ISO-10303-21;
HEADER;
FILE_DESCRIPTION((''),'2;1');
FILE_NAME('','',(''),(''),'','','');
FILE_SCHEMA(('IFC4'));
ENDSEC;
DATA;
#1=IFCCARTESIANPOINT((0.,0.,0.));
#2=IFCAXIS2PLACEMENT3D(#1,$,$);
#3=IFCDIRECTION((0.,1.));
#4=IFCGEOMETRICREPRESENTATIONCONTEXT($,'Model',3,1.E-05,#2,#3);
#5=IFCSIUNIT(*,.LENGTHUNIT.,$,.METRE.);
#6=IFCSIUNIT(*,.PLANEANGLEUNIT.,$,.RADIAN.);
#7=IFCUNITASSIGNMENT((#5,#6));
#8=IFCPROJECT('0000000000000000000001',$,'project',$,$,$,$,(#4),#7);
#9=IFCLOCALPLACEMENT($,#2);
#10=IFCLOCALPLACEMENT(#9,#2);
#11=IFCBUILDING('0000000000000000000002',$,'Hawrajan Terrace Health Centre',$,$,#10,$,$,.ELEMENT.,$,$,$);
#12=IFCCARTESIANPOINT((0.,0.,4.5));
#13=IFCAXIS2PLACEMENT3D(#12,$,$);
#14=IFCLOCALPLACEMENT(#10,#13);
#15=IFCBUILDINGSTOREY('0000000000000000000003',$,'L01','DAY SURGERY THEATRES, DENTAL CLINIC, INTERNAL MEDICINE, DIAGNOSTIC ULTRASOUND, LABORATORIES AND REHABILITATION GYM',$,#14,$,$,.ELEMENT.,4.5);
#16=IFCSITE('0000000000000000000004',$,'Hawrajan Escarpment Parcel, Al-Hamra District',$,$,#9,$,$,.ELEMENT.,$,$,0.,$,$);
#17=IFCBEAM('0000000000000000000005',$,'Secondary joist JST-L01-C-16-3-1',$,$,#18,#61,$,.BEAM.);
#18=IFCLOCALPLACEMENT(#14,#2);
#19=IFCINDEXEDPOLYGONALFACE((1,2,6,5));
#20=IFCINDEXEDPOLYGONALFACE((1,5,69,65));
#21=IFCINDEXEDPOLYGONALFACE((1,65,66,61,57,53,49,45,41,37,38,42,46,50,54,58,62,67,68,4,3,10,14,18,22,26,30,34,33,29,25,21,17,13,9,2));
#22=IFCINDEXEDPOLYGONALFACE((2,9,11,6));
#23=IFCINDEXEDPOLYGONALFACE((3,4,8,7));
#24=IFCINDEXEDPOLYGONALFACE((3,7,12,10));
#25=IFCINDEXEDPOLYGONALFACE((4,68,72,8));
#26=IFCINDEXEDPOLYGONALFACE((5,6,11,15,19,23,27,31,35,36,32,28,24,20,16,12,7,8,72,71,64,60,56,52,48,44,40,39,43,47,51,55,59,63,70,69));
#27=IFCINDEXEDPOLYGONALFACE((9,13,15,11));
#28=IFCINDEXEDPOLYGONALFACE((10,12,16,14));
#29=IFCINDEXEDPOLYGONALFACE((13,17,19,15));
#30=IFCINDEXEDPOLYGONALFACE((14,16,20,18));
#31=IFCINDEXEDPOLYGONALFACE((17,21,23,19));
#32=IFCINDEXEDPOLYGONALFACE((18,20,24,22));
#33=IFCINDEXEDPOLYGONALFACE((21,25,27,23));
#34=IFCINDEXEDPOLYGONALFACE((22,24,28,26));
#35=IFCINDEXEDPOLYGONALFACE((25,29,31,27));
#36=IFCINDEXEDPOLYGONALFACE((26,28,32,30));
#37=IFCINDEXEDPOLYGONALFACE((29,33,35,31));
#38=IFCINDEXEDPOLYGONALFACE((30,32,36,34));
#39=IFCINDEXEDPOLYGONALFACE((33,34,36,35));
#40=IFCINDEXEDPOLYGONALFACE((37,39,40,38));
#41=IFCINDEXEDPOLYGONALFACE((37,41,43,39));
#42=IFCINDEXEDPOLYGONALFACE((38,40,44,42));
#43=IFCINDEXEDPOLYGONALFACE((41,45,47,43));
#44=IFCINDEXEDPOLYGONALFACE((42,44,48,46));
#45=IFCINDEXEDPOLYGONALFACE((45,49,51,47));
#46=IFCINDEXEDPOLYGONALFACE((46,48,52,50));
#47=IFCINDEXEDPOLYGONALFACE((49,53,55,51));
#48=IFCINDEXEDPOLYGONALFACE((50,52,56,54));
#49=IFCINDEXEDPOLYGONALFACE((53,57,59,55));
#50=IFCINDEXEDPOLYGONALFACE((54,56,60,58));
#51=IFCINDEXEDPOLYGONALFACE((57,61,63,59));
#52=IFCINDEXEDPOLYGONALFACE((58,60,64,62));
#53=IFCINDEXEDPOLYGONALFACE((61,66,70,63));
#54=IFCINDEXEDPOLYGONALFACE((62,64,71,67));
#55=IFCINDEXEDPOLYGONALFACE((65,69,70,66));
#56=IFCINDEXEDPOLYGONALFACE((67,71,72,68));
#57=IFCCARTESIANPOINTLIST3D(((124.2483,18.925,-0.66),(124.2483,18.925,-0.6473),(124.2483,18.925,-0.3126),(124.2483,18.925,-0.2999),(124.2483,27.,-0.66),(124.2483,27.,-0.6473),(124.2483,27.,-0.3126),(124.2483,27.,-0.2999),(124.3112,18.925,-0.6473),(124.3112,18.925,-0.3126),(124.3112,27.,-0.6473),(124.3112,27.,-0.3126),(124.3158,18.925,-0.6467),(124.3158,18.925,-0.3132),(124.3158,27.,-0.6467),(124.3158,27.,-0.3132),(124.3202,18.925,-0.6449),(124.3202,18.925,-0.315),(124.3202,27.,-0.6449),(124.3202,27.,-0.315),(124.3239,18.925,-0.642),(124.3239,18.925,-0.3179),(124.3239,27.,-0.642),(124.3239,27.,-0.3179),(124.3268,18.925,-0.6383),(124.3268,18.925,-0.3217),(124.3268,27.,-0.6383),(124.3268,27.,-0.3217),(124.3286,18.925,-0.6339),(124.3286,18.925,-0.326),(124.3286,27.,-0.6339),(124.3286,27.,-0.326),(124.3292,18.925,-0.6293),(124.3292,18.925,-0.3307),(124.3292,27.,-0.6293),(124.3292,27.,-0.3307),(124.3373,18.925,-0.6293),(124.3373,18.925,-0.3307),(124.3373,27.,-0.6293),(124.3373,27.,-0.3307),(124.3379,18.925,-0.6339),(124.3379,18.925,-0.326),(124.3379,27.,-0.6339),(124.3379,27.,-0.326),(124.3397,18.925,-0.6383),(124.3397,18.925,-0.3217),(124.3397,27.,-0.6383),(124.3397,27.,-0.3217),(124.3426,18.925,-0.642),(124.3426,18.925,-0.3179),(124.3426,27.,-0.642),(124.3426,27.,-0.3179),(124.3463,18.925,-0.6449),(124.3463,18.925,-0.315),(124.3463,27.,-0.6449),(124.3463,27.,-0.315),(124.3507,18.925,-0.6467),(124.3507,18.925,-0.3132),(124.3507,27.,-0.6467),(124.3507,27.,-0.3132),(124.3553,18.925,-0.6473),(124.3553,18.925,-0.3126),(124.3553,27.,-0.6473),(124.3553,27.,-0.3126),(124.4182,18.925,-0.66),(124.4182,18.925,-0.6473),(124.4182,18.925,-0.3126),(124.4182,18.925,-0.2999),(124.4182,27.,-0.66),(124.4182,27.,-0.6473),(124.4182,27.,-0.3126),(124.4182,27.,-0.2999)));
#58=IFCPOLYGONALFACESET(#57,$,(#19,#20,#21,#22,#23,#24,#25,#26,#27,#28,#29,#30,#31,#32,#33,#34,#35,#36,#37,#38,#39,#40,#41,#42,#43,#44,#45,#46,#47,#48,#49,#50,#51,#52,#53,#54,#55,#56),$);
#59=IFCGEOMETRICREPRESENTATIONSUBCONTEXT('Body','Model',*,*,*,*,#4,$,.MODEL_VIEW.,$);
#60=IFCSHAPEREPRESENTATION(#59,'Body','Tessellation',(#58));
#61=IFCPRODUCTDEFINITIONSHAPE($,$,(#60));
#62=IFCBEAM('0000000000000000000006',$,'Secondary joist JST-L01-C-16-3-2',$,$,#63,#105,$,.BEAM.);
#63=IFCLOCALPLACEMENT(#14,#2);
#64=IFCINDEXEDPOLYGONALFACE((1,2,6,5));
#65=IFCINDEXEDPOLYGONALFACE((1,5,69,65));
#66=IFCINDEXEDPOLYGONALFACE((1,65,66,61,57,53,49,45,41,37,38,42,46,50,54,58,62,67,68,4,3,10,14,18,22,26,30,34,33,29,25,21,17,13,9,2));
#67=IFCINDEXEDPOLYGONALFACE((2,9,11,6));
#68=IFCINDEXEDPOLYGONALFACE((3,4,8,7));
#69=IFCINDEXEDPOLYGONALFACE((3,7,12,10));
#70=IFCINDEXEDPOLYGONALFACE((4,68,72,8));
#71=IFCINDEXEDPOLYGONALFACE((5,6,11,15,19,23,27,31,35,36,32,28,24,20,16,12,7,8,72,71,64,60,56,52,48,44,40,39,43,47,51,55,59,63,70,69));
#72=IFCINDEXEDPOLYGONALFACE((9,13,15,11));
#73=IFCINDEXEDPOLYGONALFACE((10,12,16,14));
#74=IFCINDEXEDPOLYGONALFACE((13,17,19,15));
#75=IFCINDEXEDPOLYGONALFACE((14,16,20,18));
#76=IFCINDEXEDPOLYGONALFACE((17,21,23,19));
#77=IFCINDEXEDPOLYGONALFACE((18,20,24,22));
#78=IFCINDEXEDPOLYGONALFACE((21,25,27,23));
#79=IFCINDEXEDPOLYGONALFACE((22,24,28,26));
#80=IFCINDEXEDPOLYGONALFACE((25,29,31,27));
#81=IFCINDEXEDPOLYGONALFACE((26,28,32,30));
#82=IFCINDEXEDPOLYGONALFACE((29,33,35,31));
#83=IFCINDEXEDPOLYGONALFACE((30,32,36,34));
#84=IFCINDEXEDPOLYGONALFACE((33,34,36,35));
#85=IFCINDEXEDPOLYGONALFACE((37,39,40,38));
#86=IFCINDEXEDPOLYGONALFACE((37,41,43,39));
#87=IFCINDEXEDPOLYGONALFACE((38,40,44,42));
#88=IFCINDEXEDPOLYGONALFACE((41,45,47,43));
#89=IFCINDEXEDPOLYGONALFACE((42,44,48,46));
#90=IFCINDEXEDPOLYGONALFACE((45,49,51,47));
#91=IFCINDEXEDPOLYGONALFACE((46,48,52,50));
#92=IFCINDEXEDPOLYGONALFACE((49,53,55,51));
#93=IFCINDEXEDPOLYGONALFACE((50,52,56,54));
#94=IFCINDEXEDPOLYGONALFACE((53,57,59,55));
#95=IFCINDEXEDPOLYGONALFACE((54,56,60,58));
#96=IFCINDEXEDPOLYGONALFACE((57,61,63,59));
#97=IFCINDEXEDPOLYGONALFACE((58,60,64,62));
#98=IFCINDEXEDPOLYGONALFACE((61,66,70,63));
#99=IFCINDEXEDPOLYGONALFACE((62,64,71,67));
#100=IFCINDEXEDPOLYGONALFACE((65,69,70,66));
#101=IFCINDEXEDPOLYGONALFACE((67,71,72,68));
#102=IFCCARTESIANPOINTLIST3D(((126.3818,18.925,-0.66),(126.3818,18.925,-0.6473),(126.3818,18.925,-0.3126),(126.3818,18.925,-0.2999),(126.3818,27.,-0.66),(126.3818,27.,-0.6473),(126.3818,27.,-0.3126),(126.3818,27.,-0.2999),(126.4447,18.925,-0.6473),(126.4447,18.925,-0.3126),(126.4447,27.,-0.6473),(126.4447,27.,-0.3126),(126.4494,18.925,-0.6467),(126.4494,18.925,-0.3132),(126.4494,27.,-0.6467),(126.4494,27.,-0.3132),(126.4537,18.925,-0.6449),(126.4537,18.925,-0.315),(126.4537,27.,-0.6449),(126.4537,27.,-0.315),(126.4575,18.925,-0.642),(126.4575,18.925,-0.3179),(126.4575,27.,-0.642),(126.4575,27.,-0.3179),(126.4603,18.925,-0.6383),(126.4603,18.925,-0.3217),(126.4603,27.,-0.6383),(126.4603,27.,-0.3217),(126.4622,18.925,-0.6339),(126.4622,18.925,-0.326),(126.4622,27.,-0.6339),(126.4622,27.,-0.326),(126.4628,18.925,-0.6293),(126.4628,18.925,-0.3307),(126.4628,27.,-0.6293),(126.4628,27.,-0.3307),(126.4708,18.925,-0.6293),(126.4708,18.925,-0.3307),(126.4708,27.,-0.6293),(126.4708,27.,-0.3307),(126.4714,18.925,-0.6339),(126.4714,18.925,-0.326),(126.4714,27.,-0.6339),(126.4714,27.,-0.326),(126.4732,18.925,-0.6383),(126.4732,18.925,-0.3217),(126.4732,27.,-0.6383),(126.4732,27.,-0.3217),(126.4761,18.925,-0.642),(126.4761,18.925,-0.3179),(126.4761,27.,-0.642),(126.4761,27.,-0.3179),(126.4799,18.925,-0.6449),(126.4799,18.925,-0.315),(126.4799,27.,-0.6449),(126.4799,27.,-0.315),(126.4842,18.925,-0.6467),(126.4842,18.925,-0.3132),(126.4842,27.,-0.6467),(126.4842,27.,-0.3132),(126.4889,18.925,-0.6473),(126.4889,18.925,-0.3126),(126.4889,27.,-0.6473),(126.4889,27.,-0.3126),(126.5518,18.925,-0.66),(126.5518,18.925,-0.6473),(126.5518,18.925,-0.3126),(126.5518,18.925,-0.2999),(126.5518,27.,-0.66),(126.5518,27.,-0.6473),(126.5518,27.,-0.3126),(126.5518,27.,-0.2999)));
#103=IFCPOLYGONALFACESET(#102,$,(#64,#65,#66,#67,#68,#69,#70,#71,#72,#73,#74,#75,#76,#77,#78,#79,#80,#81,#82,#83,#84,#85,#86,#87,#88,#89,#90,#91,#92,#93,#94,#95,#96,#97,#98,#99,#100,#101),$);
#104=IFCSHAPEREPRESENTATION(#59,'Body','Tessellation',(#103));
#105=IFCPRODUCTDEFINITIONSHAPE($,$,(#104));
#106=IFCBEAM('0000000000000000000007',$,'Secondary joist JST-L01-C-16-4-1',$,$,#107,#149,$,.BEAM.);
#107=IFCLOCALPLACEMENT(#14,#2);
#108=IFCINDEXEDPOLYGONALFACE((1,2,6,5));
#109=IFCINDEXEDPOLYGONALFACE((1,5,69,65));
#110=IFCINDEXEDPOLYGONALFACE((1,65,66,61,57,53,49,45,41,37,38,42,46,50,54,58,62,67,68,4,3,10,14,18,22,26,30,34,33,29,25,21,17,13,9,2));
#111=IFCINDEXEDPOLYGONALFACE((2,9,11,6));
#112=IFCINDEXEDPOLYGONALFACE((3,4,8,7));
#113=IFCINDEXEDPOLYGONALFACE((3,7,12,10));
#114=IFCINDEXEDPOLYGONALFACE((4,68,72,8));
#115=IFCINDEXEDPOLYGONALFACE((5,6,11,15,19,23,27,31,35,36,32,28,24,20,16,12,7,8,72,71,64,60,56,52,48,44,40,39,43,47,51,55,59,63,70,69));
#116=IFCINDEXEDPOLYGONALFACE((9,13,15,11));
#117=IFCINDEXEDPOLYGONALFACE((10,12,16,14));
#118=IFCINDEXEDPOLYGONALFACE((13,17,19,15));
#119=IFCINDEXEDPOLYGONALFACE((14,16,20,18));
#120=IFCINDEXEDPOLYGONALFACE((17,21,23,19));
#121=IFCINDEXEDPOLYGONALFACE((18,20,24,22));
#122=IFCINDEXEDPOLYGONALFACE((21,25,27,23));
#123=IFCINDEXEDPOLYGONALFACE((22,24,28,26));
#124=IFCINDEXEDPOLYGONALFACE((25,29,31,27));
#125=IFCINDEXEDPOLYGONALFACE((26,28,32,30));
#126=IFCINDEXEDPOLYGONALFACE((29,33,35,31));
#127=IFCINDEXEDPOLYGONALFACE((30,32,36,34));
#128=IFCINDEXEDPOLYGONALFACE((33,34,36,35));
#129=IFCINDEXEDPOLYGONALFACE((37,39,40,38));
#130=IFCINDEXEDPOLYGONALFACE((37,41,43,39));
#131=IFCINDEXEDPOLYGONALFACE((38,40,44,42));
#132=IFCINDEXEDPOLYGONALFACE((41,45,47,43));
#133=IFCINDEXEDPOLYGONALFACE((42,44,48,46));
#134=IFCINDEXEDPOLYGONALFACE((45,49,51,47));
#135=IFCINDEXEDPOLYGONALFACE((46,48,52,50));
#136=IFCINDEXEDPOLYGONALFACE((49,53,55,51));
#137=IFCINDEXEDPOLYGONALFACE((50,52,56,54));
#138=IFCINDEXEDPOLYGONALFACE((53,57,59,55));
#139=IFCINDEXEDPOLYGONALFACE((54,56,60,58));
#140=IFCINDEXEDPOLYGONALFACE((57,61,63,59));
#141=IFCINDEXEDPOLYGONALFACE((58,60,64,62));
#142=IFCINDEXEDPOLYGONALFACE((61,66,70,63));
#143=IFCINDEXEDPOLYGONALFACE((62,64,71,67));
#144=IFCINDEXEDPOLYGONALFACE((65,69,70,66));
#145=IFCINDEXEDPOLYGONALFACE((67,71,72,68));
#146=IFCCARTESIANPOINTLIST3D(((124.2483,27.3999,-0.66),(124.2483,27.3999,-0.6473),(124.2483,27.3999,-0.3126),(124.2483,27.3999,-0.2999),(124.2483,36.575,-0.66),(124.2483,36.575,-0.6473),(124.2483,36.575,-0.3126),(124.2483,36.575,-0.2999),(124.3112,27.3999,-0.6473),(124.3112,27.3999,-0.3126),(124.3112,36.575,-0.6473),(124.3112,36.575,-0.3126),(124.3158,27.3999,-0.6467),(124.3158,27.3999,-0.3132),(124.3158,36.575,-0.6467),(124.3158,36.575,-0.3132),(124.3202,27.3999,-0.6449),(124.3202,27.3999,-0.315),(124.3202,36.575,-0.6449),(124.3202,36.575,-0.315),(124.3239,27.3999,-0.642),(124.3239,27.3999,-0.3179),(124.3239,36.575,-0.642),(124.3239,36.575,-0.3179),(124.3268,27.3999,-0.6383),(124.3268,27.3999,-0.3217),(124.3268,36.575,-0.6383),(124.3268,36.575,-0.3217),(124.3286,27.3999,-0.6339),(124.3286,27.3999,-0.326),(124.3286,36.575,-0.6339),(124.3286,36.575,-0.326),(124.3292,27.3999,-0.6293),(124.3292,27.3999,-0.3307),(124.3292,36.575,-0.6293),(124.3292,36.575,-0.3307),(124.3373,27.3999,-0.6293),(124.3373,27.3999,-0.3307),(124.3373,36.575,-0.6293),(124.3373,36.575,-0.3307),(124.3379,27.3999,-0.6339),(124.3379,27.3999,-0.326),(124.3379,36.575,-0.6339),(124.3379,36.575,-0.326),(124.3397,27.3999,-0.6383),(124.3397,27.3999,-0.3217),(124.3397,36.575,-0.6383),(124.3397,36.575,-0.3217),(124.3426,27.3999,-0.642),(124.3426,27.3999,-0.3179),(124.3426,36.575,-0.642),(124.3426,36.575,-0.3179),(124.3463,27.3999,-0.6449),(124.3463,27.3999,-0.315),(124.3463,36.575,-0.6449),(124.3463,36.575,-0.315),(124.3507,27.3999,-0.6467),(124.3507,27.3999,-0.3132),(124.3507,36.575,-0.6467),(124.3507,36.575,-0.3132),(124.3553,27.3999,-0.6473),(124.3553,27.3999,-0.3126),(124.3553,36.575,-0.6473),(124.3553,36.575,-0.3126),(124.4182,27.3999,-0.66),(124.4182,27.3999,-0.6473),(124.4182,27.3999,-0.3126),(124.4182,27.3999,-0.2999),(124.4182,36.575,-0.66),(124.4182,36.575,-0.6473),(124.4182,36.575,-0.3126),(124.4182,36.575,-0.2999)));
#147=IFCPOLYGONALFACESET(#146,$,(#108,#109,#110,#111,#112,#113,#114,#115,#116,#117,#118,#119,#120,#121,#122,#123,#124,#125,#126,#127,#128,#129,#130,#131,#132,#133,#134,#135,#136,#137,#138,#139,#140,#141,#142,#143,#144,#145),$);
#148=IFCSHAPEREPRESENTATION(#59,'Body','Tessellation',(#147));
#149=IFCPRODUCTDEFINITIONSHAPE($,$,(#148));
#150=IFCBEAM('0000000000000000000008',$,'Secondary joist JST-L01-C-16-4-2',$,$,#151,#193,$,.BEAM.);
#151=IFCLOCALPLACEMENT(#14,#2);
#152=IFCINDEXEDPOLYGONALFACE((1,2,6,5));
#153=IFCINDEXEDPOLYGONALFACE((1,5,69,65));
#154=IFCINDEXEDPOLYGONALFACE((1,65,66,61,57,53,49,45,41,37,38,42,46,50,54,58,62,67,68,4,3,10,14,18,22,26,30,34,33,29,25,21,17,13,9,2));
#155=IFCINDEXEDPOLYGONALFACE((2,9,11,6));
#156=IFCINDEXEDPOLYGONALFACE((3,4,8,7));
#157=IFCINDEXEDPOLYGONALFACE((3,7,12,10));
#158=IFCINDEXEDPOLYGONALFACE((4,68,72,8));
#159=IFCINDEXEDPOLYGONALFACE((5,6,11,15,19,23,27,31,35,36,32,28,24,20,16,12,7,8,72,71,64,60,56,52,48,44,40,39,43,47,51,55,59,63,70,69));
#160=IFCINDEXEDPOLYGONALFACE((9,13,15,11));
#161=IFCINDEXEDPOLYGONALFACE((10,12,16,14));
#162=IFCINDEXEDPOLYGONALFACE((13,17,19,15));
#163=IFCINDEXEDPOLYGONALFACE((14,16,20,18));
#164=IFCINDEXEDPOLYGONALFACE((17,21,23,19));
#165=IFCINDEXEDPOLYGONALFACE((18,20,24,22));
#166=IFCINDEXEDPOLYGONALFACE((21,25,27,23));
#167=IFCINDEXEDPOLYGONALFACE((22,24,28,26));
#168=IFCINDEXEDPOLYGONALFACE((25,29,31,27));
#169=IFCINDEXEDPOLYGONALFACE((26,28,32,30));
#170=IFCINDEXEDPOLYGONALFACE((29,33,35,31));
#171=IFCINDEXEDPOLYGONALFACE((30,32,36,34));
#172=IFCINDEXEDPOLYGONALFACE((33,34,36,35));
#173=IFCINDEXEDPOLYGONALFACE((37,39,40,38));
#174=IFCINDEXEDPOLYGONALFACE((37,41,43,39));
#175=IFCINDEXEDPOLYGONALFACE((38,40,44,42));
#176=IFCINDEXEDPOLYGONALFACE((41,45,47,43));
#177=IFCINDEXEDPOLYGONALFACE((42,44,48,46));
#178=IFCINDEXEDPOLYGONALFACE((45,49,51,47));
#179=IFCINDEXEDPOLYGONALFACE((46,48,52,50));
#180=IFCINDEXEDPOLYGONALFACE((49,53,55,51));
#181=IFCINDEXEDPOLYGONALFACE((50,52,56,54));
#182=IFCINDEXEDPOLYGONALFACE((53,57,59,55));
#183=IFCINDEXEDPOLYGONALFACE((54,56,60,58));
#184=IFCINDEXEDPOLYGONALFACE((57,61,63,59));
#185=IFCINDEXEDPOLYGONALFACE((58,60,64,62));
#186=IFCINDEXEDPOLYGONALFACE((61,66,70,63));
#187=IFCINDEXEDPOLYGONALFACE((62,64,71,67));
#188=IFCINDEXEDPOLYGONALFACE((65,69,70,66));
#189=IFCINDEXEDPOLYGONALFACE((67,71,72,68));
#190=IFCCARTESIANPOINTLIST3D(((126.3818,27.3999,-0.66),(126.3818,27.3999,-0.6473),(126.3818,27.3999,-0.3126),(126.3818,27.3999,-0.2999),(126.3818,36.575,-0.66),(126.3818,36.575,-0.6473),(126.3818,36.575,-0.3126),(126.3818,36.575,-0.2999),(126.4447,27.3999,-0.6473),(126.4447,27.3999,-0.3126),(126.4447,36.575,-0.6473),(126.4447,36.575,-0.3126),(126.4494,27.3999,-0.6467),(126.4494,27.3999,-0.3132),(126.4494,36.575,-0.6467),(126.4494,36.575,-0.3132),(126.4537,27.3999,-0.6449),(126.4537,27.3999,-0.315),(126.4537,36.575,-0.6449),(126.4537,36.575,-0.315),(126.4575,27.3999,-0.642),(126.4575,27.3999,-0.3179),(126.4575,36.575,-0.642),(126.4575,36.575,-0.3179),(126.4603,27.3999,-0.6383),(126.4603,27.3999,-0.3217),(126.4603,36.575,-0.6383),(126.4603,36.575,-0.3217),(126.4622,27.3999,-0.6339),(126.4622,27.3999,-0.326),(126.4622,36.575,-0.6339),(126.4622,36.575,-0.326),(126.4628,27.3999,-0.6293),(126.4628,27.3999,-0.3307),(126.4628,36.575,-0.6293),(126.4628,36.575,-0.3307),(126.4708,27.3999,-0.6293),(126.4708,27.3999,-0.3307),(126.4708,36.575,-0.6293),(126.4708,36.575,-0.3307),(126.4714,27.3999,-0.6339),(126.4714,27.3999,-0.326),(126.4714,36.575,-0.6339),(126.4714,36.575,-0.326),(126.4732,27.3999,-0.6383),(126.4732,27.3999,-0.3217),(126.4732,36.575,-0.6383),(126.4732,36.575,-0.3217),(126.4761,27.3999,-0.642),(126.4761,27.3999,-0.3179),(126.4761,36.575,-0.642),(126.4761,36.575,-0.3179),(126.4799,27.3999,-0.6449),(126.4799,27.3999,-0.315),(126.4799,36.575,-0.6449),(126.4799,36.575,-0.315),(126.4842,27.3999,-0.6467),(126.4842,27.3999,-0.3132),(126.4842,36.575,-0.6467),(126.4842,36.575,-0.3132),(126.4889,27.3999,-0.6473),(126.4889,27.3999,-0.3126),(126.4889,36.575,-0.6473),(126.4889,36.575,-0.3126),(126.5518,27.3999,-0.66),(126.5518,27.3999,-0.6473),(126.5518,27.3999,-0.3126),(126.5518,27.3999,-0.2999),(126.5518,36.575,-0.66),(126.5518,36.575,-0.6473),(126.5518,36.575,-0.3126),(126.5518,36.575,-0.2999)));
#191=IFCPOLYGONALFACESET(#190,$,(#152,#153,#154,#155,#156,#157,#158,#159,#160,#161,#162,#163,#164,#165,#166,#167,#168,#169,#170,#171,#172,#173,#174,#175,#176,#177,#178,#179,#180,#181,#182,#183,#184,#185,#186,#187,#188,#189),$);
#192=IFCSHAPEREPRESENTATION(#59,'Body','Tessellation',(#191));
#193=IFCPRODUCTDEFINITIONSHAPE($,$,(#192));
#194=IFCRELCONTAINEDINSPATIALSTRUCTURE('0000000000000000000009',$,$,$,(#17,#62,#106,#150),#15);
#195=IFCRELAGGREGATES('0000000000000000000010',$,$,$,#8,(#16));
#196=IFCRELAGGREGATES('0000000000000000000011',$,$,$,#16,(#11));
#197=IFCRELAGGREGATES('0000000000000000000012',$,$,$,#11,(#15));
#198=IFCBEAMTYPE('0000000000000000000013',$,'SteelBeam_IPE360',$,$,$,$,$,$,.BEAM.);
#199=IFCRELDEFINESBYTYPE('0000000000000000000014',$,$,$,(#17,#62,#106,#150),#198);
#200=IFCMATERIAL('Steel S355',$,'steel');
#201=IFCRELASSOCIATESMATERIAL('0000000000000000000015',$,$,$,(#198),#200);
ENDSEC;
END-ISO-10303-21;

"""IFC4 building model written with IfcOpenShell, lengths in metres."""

from ifc_helpers import new_model, si_unit, direction, frame, origin, origin_2d, place, context, subcontext, project, spatial, i_section, extrude, material, material_profile, profile_set, type_object, element, save


model = new_model("IFC4")

# Units and contexts
model_context = context("Model", 3, precision=1e-05, world=origin(), true_north=direction((0.0, 1.0)))
body_context = subcontext(model_context, "Body", "Model", "MODEL_VIEW")
ifc_project = project(units=[si_unit("LENGTHUNIT", "METRE"), si_unit("PLANEANGLEUNIT", "RADIAN")], contexts=[model_context])

# Site, building, storey
site_placement = place(None, origin())
site = spatial("IfcSite", under=ifc_project, at=site_placement, Name="Hawrajan Escarpment Parcel, Al-Hamra District", CompositionType="ELEMENT", RefElevation=0.0)
building_placement = place(site_placement, origin())
building = spatial("IfcBuilding", under=site, at=building_placement, Name="Hawrajan Terrace Health Centre", CompositionType="ELEMENT")
storey_placement = place(building_placement, frame((0.0, 0.0, 4.5)))
storey = spatial("IfcBuildingStorey", under=building, at=storey_placement, Name="L01", Description="DAY SURGERY THEATRES, DENTAL CLINIC, INTERNAL MEDICINE, DIAGNOSTIC ULTRASOUND, LABORATORIES AND REHABILITATION GYM", CompositionType="ELEMENT", Elevation=4.5)

# Beams
ifc_material_1 = material(Name="Steel S355", Category="steel")
ifc_material_profile_1 = material_profile(ifc_material_1, i_section(OverallWidth=0.1699, OverallDepth=0.3601, WebThickness=0.0081, FlangeThickness=0.0127, FilletRadius=0.0181, at=origin_2d()), Name="IPE 360")
ifc_profile_set_1 = profile_set([ifc_material_profile_1], Name="Steel S355")
beam_type_1 = type_object("IfcBeamType", Name="SteelBeam_IPE360", PredefinedType="BEAM", material=ifc_profile_set_1)
for number, where, z_axis, x_axis, name in (
    (1, (124.3333, 18.925, -0.48), (0.0, 1.0, 0.0), (-1.0, 0.0, 0.0), "Secondary joist JST-L01-C-16-3-1"),
    (2, (126.4668, 18.925, -0.48), (0.0, 1.0, 0.0), (-1.0, 0.0, 0.0), "Secondary joist JST-L01-C-16-3-2"),
):
    element("IfcBeam", number, at=place(storey_placement, frame(where, z_axis=z_axis, x_axis=x_axis)), inside=storey, type_object=beam_type_1, Name=name, PredefinedType="BEAM", context=body_context, shape_type="SweptSolid", body=[
        extrude(i_section(OverallWidth=0.1699, OverallDepth=0.3601, WebThickness=0.0081, FlangeThickness=0.0127, FilletRadius=0.0181, at=origin_2d()), origin(), (0.0, 0.0, 1.0), 8.075),
    ])
for number, where, z_axis, x_axis, name in (
    (3, (124.3333, 27.3999, -0.48), (0.0, 1.0, 0.0), (-1.0, 0.0, 0.0), "Secondary joist JST-L01-C-16-4-1"),
    (4, (126.4668, 27.3999, -0.48), (0.0, 1.0, 0.0), (-1.0, 0.0, 0.0), "Secondary joist JST-L01-C-16-4-2"),
):
    element("IfcBeam", number, at=place(storey_placement, frame(where, z_axis=z_axis, x_axis=x_axis)), inside=storey, type_object=beam_type_1, Name=name, PredefinedType="BEAM", context=body_context, shape_type="SweptSolid", body=[
        extrude(i_section(OverallWidth=0.1699, OverallDepth=0.3601, WebThickness=0.0081, FlangeThickness=0.0127, FilletRadius=0.0181, at=origin_2d()), origin(), (0.0, 0.0, 1.0), 9.175),
    ])

save(model, "model.ifc")
